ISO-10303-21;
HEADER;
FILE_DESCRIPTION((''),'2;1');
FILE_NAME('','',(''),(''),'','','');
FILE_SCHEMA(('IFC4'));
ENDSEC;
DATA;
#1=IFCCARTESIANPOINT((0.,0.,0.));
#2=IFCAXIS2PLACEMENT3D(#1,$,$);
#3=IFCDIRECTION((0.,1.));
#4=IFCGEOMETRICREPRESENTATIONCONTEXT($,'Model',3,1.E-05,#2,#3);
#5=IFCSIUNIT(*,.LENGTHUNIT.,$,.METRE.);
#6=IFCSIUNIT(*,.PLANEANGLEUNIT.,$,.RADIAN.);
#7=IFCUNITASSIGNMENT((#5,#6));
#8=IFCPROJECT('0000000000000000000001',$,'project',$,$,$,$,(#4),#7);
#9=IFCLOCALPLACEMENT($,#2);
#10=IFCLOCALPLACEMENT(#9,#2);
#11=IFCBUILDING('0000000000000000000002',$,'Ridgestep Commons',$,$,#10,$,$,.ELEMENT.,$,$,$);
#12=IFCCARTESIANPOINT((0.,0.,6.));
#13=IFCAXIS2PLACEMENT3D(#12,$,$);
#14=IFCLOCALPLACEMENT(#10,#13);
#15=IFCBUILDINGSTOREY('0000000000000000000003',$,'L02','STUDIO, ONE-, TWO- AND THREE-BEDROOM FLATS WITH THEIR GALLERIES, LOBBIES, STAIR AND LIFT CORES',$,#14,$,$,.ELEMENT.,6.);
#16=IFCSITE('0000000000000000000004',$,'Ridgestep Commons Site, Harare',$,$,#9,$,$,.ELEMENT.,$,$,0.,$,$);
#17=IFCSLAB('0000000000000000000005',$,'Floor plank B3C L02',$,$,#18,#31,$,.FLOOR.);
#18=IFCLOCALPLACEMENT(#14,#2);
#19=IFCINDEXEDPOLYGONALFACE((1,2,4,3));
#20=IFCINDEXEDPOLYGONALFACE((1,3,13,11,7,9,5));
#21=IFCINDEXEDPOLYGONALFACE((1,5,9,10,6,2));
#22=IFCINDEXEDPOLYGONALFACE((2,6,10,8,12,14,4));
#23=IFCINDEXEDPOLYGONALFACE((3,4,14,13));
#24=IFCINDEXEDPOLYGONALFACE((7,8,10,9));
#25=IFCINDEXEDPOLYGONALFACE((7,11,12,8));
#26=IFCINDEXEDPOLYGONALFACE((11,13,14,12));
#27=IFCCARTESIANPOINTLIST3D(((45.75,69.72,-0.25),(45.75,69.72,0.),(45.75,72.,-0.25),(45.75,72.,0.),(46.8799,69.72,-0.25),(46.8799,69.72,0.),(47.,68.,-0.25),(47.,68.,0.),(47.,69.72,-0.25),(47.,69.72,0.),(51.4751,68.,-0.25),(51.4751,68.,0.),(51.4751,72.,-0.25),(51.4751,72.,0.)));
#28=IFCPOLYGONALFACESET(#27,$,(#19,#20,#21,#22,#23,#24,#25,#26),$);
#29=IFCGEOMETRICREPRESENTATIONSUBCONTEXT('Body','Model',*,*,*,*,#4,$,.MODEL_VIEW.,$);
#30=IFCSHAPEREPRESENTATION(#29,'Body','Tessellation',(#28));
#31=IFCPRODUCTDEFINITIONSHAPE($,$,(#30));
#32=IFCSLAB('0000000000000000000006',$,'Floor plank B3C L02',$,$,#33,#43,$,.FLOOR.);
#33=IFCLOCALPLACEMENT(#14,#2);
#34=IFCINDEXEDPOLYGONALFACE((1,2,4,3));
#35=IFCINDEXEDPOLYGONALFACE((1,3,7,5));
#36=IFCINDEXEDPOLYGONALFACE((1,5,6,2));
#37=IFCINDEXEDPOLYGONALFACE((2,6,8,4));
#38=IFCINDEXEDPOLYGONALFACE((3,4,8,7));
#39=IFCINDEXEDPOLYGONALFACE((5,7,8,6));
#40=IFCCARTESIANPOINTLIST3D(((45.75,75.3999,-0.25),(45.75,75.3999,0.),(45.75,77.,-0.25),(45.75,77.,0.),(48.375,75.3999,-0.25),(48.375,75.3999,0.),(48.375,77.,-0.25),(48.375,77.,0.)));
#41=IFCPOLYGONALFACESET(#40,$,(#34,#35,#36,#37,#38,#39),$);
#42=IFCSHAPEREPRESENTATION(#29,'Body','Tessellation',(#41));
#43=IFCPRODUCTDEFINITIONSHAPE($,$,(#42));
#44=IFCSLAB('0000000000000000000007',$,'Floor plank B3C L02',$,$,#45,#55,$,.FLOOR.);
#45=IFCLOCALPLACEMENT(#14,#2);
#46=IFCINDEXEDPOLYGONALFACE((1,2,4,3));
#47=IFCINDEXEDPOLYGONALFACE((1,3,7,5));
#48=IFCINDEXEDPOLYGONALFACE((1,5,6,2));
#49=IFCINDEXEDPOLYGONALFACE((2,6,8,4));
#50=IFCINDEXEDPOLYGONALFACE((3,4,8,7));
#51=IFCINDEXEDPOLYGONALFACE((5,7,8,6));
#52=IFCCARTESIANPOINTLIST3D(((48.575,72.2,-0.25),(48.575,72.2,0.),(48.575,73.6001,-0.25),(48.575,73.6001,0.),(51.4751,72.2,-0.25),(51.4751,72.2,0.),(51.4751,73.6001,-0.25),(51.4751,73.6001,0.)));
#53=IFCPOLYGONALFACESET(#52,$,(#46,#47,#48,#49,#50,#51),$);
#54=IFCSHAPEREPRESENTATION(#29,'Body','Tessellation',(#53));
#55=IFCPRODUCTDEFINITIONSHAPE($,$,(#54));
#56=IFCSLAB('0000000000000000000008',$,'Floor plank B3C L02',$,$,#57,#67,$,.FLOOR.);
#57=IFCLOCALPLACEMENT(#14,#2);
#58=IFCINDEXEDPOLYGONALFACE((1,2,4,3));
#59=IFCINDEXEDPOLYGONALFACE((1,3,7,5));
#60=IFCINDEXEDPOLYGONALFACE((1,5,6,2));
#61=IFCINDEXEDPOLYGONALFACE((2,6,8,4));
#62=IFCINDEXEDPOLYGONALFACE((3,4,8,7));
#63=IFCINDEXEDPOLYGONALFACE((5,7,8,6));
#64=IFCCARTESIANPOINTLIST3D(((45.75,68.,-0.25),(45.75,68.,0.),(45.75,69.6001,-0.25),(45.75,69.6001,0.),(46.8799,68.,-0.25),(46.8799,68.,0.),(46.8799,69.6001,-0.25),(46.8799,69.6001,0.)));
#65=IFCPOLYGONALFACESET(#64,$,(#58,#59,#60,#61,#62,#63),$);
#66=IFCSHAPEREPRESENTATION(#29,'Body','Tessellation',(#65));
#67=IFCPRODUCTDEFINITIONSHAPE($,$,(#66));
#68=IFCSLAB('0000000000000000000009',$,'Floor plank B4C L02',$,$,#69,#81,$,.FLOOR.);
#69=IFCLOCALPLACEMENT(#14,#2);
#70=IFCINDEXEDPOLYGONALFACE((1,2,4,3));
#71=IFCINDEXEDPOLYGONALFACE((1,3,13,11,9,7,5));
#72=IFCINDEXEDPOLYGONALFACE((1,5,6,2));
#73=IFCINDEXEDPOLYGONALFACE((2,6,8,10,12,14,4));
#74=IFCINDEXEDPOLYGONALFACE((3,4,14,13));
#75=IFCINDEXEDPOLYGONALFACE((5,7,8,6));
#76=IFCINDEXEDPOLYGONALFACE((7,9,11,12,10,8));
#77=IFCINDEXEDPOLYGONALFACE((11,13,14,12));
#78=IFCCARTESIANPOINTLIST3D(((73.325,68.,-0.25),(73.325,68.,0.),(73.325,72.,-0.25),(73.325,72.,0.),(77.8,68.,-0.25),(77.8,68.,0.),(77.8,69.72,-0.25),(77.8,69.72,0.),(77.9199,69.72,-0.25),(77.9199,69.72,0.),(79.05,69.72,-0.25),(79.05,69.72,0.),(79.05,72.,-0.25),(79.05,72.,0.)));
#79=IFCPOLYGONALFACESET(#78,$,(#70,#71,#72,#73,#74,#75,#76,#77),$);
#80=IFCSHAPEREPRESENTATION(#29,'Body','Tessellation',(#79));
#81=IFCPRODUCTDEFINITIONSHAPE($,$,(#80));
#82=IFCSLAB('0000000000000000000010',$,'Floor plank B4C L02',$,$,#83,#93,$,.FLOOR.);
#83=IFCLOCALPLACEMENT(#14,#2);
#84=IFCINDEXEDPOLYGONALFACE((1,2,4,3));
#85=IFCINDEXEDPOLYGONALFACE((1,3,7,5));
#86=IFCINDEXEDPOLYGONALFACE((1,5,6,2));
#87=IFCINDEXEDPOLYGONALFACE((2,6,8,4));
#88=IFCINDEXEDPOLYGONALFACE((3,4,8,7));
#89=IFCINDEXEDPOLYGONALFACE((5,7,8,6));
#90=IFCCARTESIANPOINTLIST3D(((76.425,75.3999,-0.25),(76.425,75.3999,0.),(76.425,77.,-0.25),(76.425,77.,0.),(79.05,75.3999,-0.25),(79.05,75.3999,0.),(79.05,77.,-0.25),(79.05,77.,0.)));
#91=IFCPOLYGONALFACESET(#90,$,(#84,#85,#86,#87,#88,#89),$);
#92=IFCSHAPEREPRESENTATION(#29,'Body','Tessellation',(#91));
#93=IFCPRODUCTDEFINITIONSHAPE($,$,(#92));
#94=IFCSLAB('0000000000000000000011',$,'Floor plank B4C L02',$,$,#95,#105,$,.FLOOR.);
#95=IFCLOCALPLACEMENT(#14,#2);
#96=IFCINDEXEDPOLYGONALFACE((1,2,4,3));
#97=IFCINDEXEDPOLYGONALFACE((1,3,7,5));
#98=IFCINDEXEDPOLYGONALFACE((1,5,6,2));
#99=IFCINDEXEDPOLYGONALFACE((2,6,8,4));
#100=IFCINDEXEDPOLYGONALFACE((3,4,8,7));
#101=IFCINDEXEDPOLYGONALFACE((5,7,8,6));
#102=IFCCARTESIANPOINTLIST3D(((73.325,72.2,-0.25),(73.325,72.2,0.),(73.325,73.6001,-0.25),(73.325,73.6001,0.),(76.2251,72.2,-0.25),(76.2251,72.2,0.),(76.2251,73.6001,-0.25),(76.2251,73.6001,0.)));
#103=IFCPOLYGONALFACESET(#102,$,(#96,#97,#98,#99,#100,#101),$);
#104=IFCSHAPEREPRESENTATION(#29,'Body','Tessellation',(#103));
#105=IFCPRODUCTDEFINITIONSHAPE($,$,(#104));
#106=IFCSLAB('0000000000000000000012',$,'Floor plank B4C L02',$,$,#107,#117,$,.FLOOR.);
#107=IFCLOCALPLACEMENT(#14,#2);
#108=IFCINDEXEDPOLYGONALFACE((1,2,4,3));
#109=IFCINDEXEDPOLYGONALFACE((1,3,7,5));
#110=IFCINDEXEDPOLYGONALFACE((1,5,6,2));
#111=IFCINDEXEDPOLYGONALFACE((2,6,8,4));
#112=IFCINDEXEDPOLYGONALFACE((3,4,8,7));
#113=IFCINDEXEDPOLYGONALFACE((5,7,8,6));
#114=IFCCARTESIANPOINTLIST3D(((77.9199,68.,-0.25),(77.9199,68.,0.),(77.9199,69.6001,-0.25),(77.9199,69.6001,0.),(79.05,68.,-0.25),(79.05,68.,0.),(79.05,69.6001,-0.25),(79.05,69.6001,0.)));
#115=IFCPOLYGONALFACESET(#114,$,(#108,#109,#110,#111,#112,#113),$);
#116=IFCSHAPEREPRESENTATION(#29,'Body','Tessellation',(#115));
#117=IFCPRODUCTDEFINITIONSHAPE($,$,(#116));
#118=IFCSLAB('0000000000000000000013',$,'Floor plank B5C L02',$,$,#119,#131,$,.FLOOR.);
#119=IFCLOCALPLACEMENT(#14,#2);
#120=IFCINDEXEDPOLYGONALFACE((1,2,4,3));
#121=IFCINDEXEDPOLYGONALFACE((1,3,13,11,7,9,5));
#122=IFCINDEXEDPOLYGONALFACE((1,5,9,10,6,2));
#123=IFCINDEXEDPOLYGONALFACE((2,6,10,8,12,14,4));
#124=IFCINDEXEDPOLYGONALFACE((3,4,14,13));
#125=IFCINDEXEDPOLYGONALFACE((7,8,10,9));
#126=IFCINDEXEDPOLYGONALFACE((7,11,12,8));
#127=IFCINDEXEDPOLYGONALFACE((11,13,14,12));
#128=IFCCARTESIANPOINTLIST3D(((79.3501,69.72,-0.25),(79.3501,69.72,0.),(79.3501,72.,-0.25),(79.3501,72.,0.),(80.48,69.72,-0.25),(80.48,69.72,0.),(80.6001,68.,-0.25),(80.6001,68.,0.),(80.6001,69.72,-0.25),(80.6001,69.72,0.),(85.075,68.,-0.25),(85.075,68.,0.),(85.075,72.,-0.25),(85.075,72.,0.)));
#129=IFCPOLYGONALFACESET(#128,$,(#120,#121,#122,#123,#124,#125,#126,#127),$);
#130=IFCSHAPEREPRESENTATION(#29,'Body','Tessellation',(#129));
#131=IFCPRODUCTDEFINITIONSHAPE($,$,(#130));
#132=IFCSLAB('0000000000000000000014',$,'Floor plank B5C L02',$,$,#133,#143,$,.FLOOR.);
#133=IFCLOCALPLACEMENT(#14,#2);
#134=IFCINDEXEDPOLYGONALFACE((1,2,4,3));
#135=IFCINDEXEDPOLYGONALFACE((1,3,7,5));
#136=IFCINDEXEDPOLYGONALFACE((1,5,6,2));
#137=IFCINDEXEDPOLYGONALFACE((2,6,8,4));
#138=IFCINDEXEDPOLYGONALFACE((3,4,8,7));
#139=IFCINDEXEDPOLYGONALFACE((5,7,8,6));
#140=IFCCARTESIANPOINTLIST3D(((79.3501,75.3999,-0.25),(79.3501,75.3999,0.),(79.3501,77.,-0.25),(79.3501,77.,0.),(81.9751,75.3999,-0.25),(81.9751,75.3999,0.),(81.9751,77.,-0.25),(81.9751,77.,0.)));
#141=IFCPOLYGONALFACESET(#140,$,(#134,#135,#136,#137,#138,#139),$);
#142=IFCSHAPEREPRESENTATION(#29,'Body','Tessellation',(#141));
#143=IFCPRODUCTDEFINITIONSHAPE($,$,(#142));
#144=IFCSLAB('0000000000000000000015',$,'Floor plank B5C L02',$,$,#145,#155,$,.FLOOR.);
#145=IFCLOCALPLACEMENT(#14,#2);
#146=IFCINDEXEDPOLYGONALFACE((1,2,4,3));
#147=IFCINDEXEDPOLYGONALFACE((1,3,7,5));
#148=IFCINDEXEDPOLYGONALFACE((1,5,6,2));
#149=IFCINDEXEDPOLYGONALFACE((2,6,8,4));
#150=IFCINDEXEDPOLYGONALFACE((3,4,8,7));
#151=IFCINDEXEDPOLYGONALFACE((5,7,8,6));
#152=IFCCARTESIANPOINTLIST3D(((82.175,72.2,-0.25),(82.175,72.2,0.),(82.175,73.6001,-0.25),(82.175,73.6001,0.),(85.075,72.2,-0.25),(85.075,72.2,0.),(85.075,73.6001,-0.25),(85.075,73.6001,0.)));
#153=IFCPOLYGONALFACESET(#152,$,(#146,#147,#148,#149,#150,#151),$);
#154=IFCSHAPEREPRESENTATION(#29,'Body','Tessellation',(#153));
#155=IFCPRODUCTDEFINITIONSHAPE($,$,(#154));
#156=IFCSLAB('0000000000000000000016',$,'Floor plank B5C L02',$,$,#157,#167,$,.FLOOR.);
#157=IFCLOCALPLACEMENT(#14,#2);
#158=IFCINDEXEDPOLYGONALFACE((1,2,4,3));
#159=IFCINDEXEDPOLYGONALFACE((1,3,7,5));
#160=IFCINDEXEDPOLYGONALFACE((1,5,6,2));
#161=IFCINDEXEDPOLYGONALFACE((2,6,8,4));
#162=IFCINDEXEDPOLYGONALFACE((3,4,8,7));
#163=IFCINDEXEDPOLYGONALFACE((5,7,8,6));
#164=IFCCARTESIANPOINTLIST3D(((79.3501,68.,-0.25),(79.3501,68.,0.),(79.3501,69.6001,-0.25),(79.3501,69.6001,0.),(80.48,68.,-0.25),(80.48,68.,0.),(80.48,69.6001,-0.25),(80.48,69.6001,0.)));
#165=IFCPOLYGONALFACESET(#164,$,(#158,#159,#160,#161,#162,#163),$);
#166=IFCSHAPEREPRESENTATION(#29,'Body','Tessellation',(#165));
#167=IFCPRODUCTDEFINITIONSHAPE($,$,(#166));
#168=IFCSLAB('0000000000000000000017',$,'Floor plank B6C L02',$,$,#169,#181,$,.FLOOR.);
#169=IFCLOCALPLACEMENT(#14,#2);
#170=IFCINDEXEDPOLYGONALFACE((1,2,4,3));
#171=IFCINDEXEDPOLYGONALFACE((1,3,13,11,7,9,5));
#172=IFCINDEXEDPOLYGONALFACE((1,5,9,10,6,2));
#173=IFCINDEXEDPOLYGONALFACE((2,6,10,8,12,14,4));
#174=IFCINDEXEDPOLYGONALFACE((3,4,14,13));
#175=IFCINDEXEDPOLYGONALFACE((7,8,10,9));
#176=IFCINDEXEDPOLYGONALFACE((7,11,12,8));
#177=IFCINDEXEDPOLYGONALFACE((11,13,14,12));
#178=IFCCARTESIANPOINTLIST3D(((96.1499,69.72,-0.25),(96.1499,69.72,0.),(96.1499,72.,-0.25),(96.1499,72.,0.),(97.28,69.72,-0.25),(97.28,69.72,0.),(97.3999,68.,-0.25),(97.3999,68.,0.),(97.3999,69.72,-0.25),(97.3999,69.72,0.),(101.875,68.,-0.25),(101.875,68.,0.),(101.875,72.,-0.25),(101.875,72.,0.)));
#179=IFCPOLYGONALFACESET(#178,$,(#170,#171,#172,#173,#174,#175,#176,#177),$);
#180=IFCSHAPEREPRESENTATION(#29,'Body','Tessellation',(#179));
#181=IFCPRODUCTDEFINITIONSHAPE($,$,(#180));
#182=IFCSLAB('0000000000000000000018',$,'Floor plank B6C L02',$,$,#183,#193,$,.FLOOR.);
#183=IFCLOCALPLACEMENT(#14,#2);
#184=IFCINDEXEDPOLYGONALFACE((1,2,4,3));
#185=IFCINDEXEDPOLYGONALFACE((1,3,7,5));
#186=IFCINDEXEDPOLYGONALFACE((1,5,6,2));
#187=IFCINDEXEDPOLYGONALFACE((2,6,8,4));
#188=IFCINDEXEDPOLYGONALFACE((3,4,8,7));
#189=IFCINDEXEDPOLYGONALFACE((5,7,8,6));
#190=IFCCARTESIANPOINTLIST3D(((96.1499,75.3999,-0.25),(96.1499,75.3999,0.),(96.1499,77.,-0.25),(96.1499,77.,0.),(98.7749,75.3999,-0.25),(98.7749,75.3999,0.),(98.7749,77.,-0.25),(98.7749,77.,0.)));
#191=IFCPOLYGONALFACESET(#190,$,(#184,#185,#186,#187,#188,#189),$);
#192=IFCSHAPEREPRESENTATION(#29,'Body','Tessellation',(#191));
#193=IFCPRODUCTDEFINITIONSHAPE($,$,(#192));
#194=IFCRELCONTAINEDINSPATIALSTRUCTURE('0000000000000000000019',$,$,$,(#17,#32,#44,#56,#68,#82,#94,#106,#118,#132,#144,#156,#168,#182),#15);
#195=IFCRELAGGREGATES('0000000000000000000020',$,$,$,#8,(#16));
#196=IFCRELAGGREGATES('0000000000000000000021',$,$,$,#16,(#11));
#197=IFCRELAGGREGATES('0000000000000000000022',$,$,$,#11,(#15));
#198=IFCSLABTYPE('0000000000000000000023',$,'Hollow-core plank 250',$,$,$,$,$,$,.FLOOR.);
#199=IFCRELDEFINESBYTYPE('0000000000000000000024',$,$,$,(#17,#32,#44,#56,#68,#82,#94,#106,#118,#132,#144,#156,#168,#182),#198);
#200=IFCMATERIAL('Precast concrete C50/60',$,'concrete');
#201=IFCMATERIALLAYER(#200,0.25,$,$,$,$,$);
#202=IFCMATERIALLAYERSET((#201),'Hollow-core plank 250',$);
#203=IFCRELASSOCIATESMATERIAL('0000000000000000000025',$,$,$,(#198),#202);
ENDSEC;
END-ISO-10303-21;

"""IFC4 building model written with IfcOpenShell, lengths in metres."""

from ifc_helpers import new_model, si_unit, direction, frame, origin, place, context, subcontext, project, spatial, polyline, outline, extrude, material, layer, layer_set, type_object, element, save


model = new_model("IFC4")

# Units and contexts
model_context = context("Model", 3, precision=1e-05, world=origin(), true_north=direction((0.0, 1.0)))
body_context = subcontext(model_context, "Body", "Model", "MODEL_VIEW")
ifc_project = project(units=[si_unit("LENGTHUNIT", "METRE"), si_unit("PLANEANGLEUNIT", "RADIAN")], contexts=[model_context])

# Site, building, storey
site_placement = place(None, origin())
site = spatial("IfcSite", under=ifc_project, at=site_placement, Name="Ridgestep Commons Site, Harare", CompositionType="ELEMENT", RefElevation=0.0)
building_placement = place(site_placement, origin())
building = spatial("IfcBuilding", under=site, at=building_placement, Name="Ridgestep Commons", CompositionType="ELEMENT")
storey_placement = place(building_placement, frame((0.0, 0.0, 6.0)))
storey = spatial("IfcBuildingStorey", under=building, at=storey_placement, Name="L02", Description="STUDIO, ONE-, TWO- AND THREE-BEDROOM FLATS WITH THEIR GALLERIES, LOBBIES, STAIR AND LIFT CORES", CompositionType="ELEMENT", Elevation=6.0)

# Slabs
ifc_material = material(Name="Precast concrete C50/60", Category="concrete")
ifc_layer = layer(ifc_material, 0.25)
ifc_layer_set = layer_set([ifc_layer], Name="Hollow-core plank 250")
slab_type = type_object("IfcSlabType", Name="Hollow-core plank 250", PredefinedType="FLOOR", material=ifc_layer_set)
slab_1_placement = place(storey_placement, frame((0.0, 0.0, -0.25)))
element("IfcSlab", 1, at=slab_1_placement, inside=storey, type_object=slab_type, Name="Floor plank B3C L02", PredefinedType="FLOOR", context=body_context, shape_type="SweptSolid", body=[
    extrude(outline(polyline([(47.0, 68.0), (51.4751, 68.0), (51.4751, 72.0), (45.75, 72.0), (45.75, 69.72), (46.8799, 69.72), (47.0, 69.72), (47.0, 68.0)])), origin(), (0.0, 0.0, 1.0), 0.25),
])
slab_2_placement = place(storey_placement, frame((0.0, 0.0, -0.25)))
element("IfcSlab", 2, at=slab_2_placement, inside=storey, type_object=slab_type, Name="Floor plank B3C L02", PredefinedType="FLOOR", context=body_context, shape_type="SweptSolid", body=[
    extrude(outline(polyline([(48.375, 77.0), (45.75, 77.0), (45.75, 75.3999), (48.375, 75.3999), (48.375, 77.0)])), origin(), (0.0, 0.0, 1.0), 0.25),
])
slab_3_placement = place(storey_placement, frame((0.0, 0.0, -0.25)))
element("IfcSlab", 3, at=slab_3_placement, inside=storey, type_object=slab_type, Name="Floor plank B3C L02", PredefinedType="FLOOR", context=body_context, shape_type="SweptSolid", body=[
    extrude(outline(polyline([(51.4751, 72.2), (51.4751, 73.6001), (48.575, 73.6001), (48.575, 72.2), (51.4751, 72.2)])), origin(), (0.0, 0.0, 1.0), 0.25),
])
slab_4_placement = place(storey_placement, frame((0.0, 0.0, -0.25)))
element("IfcSlab", 4, at=slab_4_placement, inside=storey, type_object=slab_type, Name="Floor plank B3C L02", PredefinedType="FLOOR", context=body_context, shape_type="SweptSolid", body=[
    extrude(outline(polyline([(46.8799, 69.6001), (45.75, 69.6001), (45.75, 68.0), (46.8799, 68.0), (46.8799, 69.6001)])), origin(), (0.0, 0.0, 1.0), 0.25),
])
slab_5_placement = place(storey_placement, frame((0.0, 0.0, -0.25)))
element("IfcSlab", 5, at=slab_5_placement, inside=storey, type_object=slab_type, Name="Floor plank B4C L02", PredefinedType="FLOOR", context=body_context, shape_type="SweptSolid", body=[
    extrude(outline(polyline([(77.9199, 69.72), (79.05, 69.72), (79.05, 72.0), (73.325, 72.0), (73.325, 68.0), (77.8, 68.0), (77.8, 69.72), (77.9199, 69.72)])), origin(), (0.0, 0.0, 1.0), 0.25),
])
slab_6_placement = place(storey_placement, frame((0.0, 0.0, -0.25)))
element("IfcSlab", 6, at=slab_6_placement, inside=storey, type_object=slab_type, Name="Floor plank B4C L02", PredefinedType="FLOOR", context=body_context, shape_type="SweptSolid", body=[
    extrude(outline(polyline([(79.05, 75.3999), (79.05, 77.0), (76.425, 77.0), (76.425, 75.3999), (79.05, 75.3999)])), origin(), (0.0, 0.0, 1.0), 0.25),
])
slab_7_placement = place(storey_placement, frame((0.0, 0.0, -0.25)))
element("IfcSlab", 7, at=slab_7_placement, inside=storey, type_object=slab_type, Name="Floor plank B4C L02", PredefinedType="FLOOR", context=body_context, shape_type="SweptSolid", body=[
    extrude(outline(polyline([(76.2251, 72.2), (76.2251, 73.6001), (73.325, 73.6001), (73.325, 72.2), (76.2251, 72.2)])), origin(), (0.0, 0.0, 1.0), 0.25),
])
slab_8_placement = place(storey_placement, frame((0.0, 0.0, -0.25)))
element("IfcSlab", 8, at=slab_8_placement, inside=storey, type_object=slab_type, Name="Floor plank B4C L02", PredefinedType="FLOOR", context=body_context, shape_type="SweptSolid", body=[
    extrude(outline(polyline([(77.9199, 68.0), (79.05, 68.0), (79.05, 69.6001), (77.9199, 69.6001), (77.9199, 68.0)])), origin(), (0.0, 0.0, 1.0), 0.25),
])
slab_9_placement = place(storey_placement, frame((0.0, 0.0, -0.25)))
element("IfcSlab", 9, at=slab_9_placement, inside=storey, type_object=slab_type, Name="Floor plank B5C L02", PredefinedType="FLOOR", context=body_context, shape_type="SweptSolid", body=[
    extrude(outline(polyline([(80.6001, 68.0), (85.075, 68.0), (85.075, 72.0), (79.3501, 72.0), (79.3501, 69.72), (80.48, 69.72), (80.6001, 69.72), (80.6001, 68.0)])), origin(), (0.0, 0.0, 1.0), 0.25),
])
slab_10_placement = place(storey_placement, frame((0.0, 0.0, -0.25)))
element("IfcSlab", 10, at=slab_10_placement, inside=storey, type_object=slab_type, Name="Floor plank B5C L02", PredefinedType="FLOOR", context=body_context, shape_type="SweptSolid", body=[
    extrude(outline(polyline([(81.9751, 77.0), (79.3501, 77.0), (79.3501, 75.3999), (81.9751, 75.3999), (81.9751, 77.0)])), origin(), (0.0, 0.0, 1.0), 0.25),
])
slab_11_placement = place(storey_placement, frame((0.0, 0.0, -0.25)))
element("IfcSlab", 11, at=slab_11_placement, inside=storey, type_object=slab_type, Name="Floor plank B5C L02", PredefinedType="FLOOR", context=body_context, shape_type="SweptSolid", body=[
    extrude(outline(polyline([(85.075, 72.2), (85.075, 73.6001), (82.175, 73.6001), (82.175, 72.2), (85.075, 72.2)])), origin(), (0.0, 0.0, 1.0), 0.25),
])
slab_12_placement = place(storey_placement, frame((0.0, 0.0, -0.25)))
element("IfcSlab", 12, at=slab_12_placement, inside=storey, type_object=slab_type, Name="Floor plank B5C L02", PredefinedType="FLOOR", context=body_context, shape_type="SweptSolid", body=[
    extrude(outline(polyline([(80.48, 69.6001), (79.3501, 69.6001), (79.3501, 68.0), (80.48, 68.0), (80.48, 69.6001)])), origin(), (0.0, 0.0, 1.0), 0.25),
])
slab_13_placement = place(storey_placement, frame((0.0, 0.0, -0.25)))
element("IfcSlab", 13, at=slab_13_placement, inside=storey, type_object=slab_type, Name="Floor plank B6C L02", PredefinedType="FLOOR", context=body_context, shape_type="SweptSolid", body=[
    extrude(outline(polyline([(97.3999, 68.0), (101.875, 68.0), (101.875, 72.0), (96.1499, 72.0), (96.1499, 69.72), (97.28, 69.72), (97.3999, 69.72), (97.3999, 68.0)])), origin(), (0.0, 0.0, 1.0), 0.25),
])
slab_14_placement = place(storey_placement, frame((0.0, 0.0, -0.25)))
element("IfcSlab", 14, at=slab_14_placement, inside=storey, type_object=slab_type, Name="Floor plank B6C L02", PredefinedType="FLOOR", context=body_context, shape_type="SweptSolid", body=[
    extrude(outline(polyline([(98.7749, 77.0), (96.1499, 77.0), (96.1499, 75.3999), (98.7749, 75.3999), (98.7749, 77.0)])), origin(), (0.0, 0.0, 1.0), 0.25),
])

save(model, "model.ifc")
